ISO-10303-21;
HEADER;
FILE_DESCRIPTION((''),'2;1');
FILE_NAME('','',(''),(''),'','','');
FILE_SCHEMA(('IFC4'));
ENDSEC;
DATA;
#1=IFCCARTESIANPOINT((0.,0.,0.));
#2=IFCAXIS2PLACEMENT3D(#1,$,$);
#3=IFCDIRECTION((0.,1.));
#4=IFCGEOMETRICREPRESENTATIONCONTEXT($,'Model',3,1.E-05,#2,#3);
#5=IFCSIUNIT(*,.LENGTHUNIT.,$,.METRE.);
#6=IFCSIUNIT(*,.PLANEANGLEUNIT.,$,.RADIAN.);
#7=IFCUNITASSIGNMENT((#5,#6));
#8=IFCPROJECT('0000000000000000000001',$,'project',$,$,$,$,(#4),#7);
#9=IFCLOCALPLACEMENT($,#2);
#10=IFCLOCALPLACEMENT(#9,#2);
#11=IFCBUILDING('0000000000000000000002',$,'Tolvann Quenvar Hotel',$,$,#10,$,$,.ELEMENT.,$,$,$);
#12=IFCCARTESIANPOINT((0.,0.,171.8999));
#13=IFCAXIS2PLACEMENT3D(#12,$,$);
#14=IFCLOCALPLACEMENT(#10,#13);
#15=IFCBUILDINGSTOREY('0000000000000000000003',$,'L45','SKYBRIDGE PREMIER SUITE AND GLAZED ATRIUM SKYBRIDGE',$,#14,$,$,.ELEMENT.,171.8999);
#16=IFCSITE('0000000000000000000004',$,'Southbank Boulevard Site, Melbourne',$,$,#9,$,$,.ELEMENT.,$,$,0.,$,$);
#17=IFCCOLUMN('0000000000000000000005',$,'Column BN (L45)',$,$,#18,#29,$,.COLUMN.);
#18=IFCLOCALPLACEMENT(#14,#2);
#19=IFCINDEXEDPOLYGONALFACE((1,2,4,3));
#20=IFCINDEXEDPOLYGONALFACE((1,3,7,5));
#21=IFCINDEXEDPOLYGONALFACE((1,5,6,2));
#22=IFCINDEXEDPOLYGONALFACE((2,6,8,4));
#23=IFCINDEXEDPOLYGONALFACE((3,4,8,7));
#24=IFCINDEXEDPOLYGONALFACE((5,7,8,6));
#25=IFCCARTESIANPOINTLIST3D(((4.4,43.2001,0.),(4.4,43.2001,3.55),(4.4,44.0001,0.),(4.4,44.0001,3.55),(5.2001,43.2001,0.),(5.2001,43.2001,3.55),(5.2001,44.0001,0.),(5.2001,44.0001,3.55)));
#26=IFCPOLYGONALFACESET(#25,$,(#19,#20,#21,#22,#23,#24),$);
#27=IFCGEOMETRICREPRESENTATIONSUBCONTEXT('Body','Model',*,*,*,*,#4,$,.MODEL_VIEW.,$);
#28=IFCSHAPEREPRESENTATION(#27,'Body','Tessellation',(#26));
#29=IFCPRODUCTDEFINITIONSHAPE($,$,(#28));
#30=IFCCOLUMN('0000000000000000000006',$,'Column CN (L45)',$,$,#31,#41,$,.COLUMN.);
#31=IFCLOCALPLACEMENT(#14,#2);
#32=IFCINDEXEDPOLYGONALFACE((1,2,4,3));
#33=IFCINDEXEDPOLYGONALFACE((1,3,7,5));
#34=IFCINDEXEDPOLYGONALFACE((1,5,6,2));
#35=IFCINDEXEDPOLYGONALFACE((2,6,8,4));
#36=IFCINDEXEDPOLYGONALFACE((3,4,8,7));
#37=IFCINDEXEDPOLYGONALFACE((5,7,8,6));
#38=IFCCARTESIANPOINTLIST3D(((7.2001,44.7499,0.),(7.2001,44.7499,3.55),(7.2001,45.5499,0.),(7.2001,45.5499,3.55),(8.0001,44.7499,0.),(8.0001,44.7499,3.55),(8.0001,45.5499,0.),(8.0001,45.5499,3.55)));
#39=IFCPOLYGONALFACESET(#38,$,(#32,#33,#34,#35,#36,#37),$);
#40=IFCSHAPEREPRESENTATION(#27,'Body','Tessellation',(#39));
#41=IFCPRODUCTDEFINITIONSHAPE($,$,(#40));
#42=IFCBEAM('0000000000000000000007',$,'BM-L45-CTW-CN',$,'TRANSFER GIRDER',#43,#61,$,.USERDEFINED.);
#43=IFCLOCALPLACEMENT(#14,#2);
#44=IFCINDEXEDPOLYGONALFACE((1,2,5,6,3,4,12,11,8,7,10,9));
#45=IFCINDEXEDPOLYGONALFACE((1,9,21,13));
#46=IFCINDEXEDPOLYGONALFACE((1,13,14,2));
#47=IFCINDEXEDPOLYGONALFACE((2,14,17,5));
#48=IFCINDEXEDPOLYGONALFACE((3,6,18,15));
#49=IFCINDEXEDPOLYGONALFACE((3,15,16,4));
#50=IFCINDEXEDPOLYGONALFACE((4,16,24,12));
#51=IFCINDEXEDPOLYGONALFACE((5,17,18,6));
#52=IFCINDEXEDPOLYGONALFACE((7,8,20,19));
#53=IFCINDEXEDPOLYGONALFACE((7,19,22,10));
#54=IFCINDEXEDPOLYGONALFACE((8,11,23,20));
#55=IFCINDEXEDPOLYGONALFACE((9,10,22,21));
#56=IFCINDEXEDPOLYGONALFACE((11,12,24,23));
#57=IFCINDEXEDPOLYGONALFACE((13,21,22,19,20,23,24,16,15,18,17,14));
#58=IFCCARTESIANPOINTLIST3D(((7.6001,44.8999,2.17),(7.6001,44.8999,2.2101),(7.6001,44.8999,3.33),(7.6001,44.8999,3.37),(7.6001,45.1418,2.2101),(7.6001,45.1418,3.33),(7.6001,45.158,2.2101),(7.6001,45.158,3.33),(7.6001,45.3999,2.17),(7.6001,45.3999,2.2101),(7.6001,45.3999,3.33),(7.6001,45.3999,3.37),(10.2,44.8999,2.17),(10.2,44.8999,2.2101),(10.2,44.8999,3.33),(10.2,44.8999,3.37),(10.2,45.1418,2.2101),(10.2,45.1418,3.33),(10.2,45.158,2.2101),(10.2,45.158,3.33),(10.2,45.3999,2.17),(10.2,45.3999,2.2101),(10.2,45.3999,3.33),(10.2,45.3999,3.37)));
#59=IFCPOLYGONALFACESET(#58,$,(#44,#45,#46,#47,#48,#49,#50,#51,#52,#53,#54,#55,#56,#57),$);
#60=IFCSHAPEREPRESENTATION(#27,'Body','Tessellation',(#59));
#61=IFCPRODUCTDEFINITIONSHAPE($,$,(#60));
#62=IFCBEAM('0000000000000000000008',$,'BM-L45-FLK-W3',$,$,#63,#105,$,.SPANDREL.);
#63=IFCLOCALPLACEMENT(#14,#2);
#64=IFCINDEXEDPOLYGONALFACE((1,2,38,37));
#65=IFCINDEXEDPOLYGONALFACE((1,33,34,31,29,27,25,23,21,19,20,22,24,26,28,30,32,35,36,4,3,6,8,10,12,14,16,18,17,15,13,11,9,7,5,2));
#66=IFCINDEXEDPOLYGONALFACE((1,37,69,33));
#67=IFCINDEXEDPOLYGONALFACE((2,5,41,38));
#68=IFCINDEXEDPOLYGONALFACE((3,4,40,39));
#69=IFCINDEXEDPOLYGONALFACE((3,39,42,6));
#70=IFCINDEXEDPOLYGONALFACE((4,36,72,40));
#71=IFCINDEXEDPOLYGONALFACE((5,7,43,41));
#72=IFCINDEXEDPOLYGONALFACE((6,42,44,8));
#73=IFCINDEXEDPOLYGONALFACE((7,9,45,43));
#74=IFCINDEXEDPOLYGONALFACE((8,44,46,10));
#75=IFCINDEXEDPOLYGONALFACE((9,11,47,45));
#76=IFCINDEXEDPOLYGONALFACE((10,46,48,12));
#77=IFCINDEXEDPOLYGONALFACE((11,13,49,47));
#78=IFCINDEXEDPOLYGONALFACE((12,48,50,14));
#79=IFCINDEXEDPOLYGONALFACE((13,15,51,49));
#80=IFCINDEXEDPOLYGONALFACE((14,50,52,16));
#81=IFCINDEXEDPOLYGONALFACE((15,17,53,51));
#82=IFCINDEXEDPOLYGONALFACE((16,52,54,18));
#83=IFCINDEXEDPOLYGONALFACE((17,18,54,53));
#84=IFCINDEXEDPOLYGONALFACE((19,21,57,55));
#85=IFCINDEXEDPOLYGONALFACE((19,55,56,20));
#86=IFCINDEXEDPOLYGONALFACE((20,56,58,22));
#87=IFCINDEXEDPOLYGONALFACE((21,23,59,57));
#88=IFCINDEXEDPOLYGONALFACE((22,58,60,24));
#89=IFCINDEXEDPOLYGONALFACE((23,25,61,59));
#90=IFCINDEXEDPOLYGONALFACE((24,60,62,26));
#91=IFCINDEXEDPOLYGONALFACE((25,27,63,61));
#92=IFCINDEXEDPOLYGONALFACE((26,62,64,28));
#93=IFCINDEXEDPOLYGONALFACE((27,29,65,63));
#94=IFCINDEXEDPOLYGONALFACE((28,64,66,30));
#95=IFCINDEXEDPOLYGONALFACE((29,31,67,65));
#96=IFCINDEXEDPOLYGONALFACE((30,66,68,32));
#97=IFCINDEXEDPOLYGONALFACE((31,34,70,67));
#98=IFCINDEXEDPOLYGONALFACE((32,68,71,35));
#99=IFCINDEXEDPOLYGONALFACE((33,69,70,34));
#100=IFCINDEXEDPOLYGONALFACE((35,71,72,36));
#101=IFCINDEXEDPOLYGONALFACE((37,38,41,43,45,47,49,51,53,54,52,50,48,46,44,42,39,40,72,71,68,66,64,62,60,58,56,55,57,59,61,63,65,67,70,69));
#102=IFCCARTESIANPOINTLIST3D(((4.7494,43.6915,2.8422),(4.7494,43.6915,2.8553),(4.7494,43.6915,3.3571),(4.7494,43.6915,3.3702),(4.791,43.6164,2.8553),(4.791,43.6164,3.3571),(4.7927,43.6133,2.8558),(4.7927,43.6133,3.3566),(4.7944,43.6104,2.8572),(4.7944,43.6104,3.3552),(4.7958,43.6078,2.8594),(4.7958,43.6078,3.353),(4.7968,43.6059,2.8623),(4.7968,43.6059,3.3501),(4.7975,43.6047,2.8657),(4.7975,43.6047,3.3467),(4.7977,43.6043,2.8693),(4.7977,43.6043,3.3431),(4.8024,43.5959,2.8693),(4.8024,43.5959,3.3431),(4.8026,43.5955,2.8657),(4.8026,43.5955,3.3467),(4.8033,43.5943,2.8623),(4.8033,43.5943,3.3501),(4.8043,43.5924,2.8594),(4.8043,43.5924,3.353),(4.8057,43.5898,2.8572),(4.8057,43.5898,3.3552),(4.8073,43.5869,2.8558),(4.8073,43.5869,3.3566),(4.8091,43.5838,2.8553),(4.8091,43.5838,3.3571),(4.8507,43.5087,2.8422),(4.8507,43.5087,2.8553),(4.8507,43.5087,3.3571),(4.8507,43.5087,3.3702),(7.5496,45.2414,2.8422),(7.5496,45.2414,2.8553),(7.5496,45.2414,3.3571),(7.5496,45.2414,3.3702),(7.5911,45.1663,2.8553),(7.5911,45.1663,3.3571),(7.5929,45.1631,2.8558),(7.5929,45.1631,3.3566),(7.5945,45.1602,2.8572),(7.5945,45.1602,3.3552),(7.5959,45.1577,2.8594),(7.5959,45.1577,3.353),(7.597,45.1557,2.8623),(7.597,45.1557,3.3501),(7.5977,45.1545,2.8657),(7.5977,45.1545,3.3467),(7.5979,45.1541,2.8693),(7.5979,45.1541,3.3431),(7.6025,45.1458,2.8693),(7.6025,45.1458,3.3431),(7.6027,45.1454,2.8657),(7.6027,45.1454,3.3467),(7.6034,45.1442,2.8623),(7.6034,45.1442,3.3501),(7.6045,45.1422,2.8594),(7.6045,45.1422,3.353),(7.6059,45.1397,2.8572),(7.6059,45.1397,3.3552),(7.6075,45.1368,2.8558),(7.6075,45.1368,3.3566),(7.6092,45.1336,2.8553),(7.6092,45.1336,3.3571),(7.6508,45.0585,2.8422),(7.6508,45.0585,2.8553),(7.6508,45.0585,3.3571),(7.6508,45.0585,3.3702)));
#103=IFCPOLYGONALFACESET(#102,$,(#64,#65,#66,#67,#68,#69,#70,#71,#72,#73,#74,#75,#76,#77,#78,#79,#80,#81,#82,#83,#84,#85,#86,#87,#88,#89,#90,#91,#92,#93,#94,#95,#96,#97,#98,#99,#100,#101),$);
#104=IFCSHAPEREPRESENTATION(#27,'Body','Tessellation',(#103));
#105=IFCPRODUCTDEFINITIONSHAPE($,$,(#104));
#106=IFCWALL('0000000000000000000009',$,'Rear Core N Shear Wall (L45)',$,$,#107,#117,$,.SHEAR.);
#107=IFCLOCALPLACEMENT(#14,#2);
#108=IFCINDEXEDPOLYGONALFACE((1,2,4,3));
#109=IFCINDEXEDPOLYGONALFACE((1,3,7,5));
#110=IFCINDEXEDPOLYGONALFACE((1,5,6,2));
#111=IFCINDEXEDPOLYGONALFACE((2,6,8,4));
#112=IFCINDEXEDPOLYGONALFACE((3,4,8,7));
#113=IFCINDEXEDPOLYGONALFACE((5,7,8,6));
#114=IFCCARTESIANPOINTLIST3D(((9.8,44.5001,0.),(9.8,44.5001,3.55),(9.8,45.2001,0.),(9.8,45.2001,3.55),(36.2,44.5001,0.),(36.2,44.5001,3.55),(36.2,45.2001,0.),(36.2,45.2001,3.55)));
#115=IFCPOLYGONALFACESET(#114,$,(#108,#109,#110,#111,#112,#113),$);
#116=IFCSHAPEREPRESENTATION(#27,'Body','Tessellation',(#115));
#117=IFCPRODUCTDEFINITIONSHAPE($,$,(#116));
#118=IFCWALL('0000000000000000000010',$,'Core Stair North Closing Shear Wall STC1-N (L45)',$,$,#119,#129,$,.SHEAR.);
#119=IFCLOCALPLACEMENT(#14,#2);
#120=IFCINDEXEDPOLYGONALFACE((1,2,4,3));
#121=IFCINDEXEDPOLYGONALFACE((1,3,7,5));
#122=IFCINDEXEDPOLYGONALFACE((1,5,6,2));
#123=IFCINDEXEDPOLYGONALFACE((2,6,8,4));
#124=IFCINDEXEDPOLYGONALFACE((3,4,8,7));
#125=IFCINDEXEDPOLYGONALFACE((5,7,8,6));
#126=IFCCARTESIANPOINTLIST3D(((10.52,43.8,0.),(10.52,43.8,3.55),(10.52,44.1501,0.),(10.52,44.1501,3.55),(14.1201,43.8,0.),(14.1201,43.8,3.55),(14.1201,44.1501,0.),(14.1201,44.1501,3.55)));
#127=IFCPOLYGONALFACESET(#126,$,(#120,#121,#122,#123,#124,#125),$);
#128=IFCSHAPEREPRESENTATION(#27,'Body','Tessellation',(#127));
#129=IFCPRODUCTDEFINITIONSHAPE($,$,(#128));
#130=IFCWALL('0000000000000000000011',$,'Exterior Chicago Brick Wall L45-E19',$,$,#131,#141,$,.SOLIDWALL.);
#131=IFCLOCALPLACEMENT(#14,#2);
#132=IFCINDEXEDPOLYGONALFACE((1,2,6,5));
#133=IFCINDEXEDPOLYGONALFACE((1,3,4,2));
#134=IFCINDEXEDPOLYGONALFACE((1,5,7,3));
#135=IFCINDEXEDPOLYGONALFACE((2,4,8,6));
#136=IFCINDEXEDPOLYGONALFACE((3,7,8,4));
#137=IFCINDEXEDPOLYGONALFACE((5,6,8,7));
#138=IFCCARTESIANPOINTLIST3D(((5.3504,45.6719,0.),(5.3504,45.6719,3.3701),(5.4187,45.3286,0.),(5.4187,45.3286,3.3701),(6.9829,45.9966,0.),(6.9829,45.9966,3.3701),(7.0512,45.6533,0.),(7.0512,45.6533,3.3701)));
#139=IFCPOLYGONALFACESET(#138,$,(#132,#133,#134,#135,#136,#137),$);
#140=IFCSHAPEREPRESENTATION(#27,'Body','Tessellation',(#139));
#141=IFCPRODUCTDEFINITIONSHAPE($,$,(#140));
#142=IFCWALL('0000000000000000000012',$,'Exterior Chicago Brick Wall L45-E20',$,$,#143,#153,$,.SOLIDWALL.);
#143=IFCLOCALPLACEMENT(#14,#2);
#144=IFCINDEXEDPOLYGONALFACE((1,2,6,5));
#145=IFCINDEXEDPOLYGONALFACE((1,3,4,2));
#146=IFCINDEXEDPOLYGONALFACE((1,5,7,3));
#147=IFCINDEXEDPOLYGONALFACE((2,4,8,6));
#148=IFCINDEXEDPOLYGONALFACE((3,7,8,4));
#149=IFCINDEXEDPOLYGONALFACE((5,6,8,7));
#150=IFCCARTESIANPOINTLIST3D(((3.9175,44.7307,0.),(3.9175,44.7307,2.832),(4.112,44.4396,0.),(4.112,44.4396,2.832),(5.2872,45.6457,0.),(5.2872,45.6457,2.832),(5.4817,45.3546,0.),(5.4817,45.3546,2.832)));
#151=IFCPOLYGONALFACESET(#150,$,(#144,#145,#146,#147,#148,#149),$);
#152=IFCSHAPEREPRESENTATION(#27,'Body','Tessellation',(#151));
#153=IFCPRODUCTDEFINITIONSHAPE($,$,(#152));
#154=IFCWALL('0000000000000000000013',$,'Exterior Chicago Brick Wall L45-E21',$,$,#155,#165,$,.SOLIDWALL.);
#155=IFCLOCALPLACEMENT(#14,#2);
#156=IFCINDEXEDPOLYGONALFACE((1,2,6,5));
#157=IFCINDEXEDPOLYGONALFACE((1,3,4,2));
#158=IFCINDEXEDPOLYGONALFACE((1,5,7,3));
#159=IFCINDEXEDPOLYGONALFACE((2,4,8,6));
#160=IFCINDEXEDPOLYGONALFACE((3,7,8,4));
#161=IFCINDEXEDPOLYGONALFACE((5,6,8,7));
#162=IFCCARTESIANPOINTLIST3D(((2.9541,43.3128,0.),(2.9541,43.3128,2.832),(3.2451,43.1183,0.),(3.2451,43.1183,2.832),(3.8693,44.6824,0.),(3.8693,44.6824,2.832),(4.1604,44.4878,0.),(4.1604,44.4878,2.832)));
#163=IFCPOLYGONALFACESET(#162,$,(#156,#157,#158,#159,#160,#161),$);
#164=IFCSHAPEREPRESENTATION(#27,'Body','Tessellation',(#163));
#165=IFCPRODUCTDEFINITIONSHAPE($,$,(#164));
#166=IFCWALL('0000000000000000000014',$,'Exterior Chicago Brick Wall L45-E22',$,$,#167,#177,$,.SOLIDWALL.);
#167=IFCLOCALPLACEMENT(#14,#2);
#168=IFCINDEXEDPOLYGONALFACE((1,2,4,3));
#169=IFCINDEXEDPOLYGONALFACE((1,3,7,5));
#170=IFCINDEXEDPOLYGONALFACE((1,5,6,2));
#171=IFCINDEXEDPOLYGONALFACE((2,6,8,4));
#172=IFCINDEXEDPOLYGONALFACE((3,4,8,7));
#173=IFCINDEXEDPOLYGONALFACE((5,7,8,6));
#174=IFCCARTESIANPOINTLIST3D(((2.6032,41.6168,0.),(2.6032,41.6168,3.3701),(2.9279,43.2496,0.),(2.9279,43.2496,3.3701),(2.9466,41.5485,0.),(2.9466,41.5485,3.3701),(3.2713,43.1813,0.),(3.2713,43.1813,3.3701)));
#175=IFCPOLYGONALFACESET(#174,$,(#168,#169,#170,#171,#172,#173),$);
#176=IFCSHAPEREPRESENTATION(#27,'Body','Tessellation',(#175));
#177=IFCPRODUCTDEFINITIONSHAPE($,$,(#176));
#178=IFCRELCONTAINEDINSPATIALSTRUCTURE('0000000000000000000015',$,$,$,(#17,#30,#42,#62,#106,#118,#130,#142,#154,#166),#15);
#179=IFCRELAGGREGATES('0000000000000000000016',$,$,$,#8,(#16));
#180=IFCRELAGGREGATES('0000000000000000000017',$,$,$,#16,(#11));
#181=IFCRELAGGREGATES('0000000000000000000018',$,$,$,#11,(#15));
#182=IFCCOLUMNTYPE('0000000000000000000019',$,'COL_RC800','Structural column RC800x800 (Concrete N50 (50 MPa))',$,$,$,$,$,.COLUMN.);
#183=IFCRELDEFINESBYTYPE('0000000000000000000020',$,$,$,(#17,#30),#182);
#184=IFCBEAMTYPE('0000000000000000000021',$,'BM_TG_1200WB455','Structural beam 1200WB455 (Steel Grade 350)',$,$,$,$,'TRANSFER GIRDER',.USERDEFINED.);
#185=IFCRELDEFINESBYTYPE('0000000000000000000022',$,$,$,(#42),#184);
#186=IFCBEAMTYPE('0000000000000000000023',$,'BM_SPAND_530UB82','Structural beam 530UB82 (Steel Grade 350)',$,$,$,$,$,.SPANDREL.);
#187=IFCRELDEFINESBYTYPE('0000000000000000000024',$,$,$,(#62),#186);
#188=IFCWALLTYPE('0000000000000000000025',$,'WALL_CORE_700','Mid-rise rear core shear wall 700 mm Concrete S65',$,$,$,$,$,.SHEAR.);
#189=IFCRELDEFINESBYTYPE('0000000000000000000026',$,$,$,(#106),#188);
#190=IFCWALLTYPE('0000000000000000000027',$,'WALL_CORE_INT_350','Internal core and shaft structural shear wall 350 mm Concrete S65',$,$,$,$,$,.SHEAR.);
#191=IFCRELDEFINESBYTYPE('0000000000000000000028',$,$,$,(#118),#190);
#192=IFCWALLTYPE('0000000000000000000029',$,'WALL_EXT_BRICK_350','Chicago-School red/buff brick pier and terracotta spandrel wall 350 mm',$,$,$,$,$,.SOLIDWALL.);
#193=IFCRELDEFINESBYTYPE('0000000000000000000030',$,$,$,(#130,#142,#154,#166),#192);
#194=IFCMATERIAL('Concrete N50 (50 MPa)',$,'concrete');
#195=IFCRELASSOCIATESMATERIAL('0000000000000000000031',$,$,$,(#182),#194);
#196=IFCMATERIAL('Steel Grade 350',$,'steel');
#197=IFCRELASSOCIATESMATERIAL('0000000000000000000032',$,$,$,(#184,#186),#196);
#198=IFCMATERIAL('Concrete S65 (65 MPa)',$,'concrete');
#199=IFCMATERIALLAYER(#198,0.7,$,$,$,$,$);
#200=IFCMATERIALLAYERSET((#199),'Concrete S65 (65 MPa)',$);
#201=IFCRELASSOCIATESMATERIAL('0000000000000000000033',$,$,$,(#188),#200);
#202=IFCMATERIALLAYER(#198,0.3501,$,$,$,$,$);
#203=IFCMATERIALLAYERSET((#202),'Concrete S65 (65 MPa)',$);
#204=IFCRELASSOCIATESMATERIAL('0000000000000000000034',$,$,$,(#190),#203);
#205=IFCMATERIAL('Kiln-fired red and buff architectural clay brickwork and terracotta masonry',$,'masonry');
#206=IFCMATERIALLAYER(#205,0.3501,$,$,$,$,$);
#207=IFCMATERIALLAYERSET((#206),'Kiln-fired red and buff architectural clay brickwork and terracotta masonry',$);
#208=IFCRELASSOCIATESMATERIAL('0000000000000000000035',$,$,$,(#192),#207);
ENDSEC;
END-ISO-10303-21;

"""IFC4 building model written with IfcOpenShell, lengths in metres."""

from ifc_helpers import new_model, si_unit, direction, frame, frame_2d, origin, origin_2d, place, context, subcontext, project, spatial, rectangle, i_section, extrude, source, transform, mapped, material, layer, layer_set, material_profile, profile_set, type_object, type_shapes, element, save


model = new_model("IFC4")

# Units and contexts
model_context = context("Model", 3, precision=1e-05, world=origin(), true_north=direction((0.0, 1.0)))
body_context = subcontext(model_context, "Body", "Model", "MODEL_VIEW")
ifc_project = project(units=[si_unit("LENGTHUNIT", "METRE"), si_unit("PLANEANGLEUNIT", "RADIAN")], contexts=[model_context])

# Site, building, storey
site_placement = place(None, origin())
site = spatial("IfcSite", under=ifc_project, at=site_placement, Name="Southbank Boulevard Site, Melbourne", CompositionType="ELEMENT", RefElevation=0.0)
building_placement = place(site_placement, origin())
building = spatial("IfcBuilding", under=site, at=building_placement, Name="Tolvann Quenvar Hotel", CompositionType="ELEMENT")
storey_placement = place(building_placement, frame((0.0, 0.0, 171.8999)))
storey = spatial("IfcBuildingStorey", under=building, at=storey_placement, Name="L45", Description="SKYBRIDGE PREMIER SUITE AND GLAZED ATRIUM SKYBRIDGE", CompositionType="ELEMENT", Elevation=171.8999)

# Columns
ifc_material_1 = material(Name="Concrete N50 (50 MPa)", Category="concrete")
ifc_material_profile_1 = material_profile(ifc_material_1, rectangle(XDim=0.8, YDim=0.8, at=origin_2d()), Name="RC800x800")
ifc_profile_set_1 = profile_set([ifc_material_profile_1], Name="Concrete N50 (50 MPa)")
column_type = type_object("IfcColumnType", Name="COL_RC800", Description="Structural column RC800x800 (Concrete N50 (50 MPa))", PredefinedType="COLUMN", material=ifc_profile_set_1)
shared_shape_1 = source(origin(), body_context, "Body", "SweptSolid", [
    extrude(rectangle(XDim=0.8, YDim=0.8, at=origin_2d()), origin(), (0.0, 0.0, 1.0), 3.55),
])
type_shapes(column_type, [shared_shape_1])
for number, where, z_axis, x_axis, name in (
    (1, (4.8, 43.6001, 0.0), (0.0, 0.0, 1.0), (1.0, 0.0, 0.0), "Column BN (L45)"),
    (2, (7.6001, 45.1499, 0.0), (0.0, 0.0, 1.0), (1.0, 0.0, 0.0), "Column CN (L45)"),
):
    element("IfcColumn", number, at=place(storey_placement, frame(where, z_axis=z_axis, x_axis=x_axis)), inside=storey, type_object=column_type, Name=name, PredefinedType="COLUMN", context=body_context, shape_type="MappedRepresentation", body=[
        mapped(shared_shape_1, transform((0.0, 0.0, 0.0), x_axis=(1.0, 0.0, 0.0), y_axis=(0.0, 1.0, 0.0), z_axis=(0.0, 0.0, 1.0), scale=1.0)),
    ])

# Beams
ifc_material_2 = material(Name="Steel Grade 350", Category="steel")
ifc_material_profile_2 = material_profile(ifc_material_2, i_section(OverallWidth=0.5, OverallDepth=1.2, WebThickness=0.0161, FlangeThickness=0.04, at=origin_2d()), Name="1200WB455")
ifc_profile_set_2 = profile_set([ifc_material_profile_2], Name="Steel Grade 350")
beam_type_1 = type_object("IfcBeamType", Name="BM_TG_1200WB455", Description="Structural beam 1200WB455 (Steel Grade 350)", ElementType="TRANSFER GIRDER", PredefinedType="USERDEFINED", material=ifc_profile_set_2)
shared_shape_2 = source(origin(), body_context, "Body", "SweptSolid", [
    extrude(i_section(OverallWidth=0.5, OverallDepth=1.2, WebThickness=0.0161, FlangeThickness=0.04, at=origin_2d()), origin(), (0.0, 0.0, 1.0), 2.5999),
])
type_shapes(beam_type_1, [shared_shape_2])
beam_1_placement = place(storey_placement, frame((7.6001, 45.1499, 2.77), z_axis=(1.0, 0.0, 0.0), x_axis=(0.0, 1.0, 0.0)))
element("IfcBeam", 3, at=beam_1_placement, inside=storey, type_object=beam_type_1, Name="BM-L45-CTW-CN", ObjectType="TRANSFER GIRDER", PredefinedType="USERDEFINED", context=body_context, shape_type="MappedRepresentation", body=[
    mapped(shared_shape_2, transform((0.0, 0.0, 0.0), x_axis=(1.0, 0.0, 0.0), y_axis=(0.0, 1.0, 0.0), z_axis=(0.0, 0.0, 1.0), scale=1.0)),
])
ifc_material_profile_3 = material_profile(ifc_material_2, i_section(OverallWidth=0.209, OverallDepth=0.5281, WebThickness=0.0095, FlangeThickness=0.0132, FilletRadius=0.0139, at=origin_2d()), Name="530UB82")
ifc_profile_set_3 = profile_set([ifc_material_profile_3], Name="Steel Grade 350")
beam_type_2 = type_object("IfcBeamType", Name="BM_SPAND_530UB82", Description="Structural beam 530UB82 (Steel Grade 350)", PredefinedType="SPANDREL", material=ifc_profile_set_3)
shared_shape_3 = source(origin(), body_context, "Body", "SweptSolid", [
    extrude(i_section(OverallWidth=0.209, OverallDepth=0.5281, WebThickness=0.0095, FlangeThickness=0.0132, FilletRadius=0.0139, at=origin_2d()), origin(), (0.0, 0.0, 1.0), 3.2004),
])
type_shapes(beam_type_2, [shared_shape_3])
beam_2_placement = place(storey_placement, frame((4.8, 43.6001, 3.1062), z_axis=(0.874923, 0.484263, 0.0), x_axis=(-0.484263, 0.874923, 0.0)))
element("IfcBeam", 4, at=beam_2_placement, inside=storey, type_object=beam_type_2, Name="BM-L45-FLK-W3", PredefinedType="SPANDREL", context=body_context, shape_type="MappedRepresentation", body=[
    mapped(shared_shape_3, transform((0.0, 0.0, 0.0), x_axis=(1.0, 0.0, 0.0), y_axis=(0.0, 1.0, 0.0), z_axis=(0.0, 0.0, 1.0), scale=1.0)),
])

# Walls
ifc_material_3 = material(Name="Concrete S65 (65 MPa)", Category="concrete")
ifc_layer_1 = layer(ifc_material_3, 0.7)
ifc_layer_set_1 = layer_set([ifc_layer_1], Name="Concrete S65 (65 MPa)")
wall_type_1 = type_object("IfcWallType", Name="WALL_CORE_700", Description="Mid-rise rear core shear wall 700 mm Concrete S65", PredefinedType="SHEAR", material=ifc_layer_set_1)
wall_1_placement = place(storey_placement, frame((9.8, 44.8501, 0.0), z_axis=(0.0, 0.0, 1.0), x_axis=(1.0, 0.0, 0.0)))
element("IfcWall", 5, at=wall_1_placement, inside=storey, type_object=wall_type_1, Name="Rear Core N Shear Wall (L45)", PredefinedType="SHEAR", context=body_context, shape_type="SweptSolid", body=[
    extrude(rectangle(XDim=26.3999, YDim=0.7, at=frame_2d((13.2, 0.0))), origin(), (0.0, 0.0, 1.0), 3.55),
])
ifc_layer_2 = layer(ifc_material_3, 0.3501)
ifc_layer_set_2 = layer_set([ifc_layer_2], Name="Concrete S65 (65 MPa)")
wall_type_2 = type_object("IfcWallType", Name="WALL_CORE_INT_350", Description="Internal core and shaft structural shear wall 350 mm Concrete S65", PredefinedType="SHEAR", material=ifc_layer_set_2)
wall_2_placement = place(storey_placement, frame((10.52, 43.9751, 0.0), z_axis=(0.0, 0.0, 1.0), x_axis=(1.0, 0.0, 0.0)))
element("IfcWall", 6, at=wall_2_placement, inside=storey, type_object=wall_type_2, Name="Core Stair North Closing Shear Wall STC1-N (L45)", PredefinedType="SHEAR", context=body_context, shape_type="SweptSolid", body=[
    extrude(rectangle(XDim=3.6001, YDim=0.3501, at=frame_2d((1.8, 0.0))), origin(), (0.0, 0.0, 1.0), 3.55),
])
ifc_material_4 = material(Name="Kiln-fired red and buff architectural clay brickwork and terracotta masonry", Category="masonry")
ifc_layer_3 = layer(ifc_material_4, 0.3501)
ifc_layer_set_3 = layer_set([ifc_layer_3], Name="Kiln-fired red and buff architectural clay brickwork and terracotta masonry")
wall_type_3 = type_object("IfcWallType", Name="WALL_EXT_BRICK_350", Description="Chicago-School red/buff brick pier and terracotta spandrel wall 350 mm", PredefinedType="SOLIDWALL", material=ifc_layer_set_3)
wall_3_placement = place(storey_placement, frame((7.0171, 45.825, 0.0), z_axis=(0.0, 0.0, 1.0), x_axis=(-0.980789, -0.195072, 0.0)))
element("IfcWall", 7, at=wall_3_placement, inside=storey, type_object=wall_type_3, Name="Exterior Chicago Brick Wall L45-E19", PredefinedType="SOLIDWALL", context=body_context, shape_type="SweptSolid", body=[
    extrude(rectangle(XDim=1.6646, YDim=0.3501, at=frame_2d((0.8323, 0.0))), origin(), (0.0, 0.0, 1.0), 3.3701),
])
for number, where, z_axis, x_axis, name in (
    (8, (5.3845, 45.5002, 0.0), (0.0, 0.0, 1.0), (-0.831503, -0.555521, 0.0), "Exterior Chicago Brick Wall L45-E20"),
    (9, (4.0149, 44.5852, 0.0), (0.0, 0.0, 1.0), (-0.555623, -0.831434, 0.0), "Exterior Chicago Brick Wall L45-E21"),
):
    element("IfcWall", number, at=place(storey_placement, frame(where, z_axis=z_axis, x_axis=x_axis)), inside=storey, type_object=wall_type_3, Name=name, PredefinedType="SOLIDWALL", context=body_context, shape_type="SweptSolid", body=[
        extrude(rectangle(XDim=1.6472, YDim=0.3501, at=frame_2d((0.8237, 0.0))), origin(), (0.0, 0.0, 1.0), 2.832),
    ])
wall_4_placement = place(storey_placement, frame((3.0996, 43.2156, 0.0), z_axis=(0.0, 0.0, 1.0), x_axis=(-0.195044, -0.980794, 0.0)))
element("IfcWall", 10, at=wall_4_placement, inside=storey, type_object=wall_type_3, Name="Exterior Chicago Brick Wall L45-E22", PredefinedType="SOLIDWALL", context=body_context, shape_type="SweptSolid", body=[
    extrude(rectangle(XDim=1.6648, YDim=0.3501, at=frame_2d((0.8325, 0.0))), origin(), (0.0, 0.0, 1.0), 3.3701),
])

save(model, "model.ifc")
